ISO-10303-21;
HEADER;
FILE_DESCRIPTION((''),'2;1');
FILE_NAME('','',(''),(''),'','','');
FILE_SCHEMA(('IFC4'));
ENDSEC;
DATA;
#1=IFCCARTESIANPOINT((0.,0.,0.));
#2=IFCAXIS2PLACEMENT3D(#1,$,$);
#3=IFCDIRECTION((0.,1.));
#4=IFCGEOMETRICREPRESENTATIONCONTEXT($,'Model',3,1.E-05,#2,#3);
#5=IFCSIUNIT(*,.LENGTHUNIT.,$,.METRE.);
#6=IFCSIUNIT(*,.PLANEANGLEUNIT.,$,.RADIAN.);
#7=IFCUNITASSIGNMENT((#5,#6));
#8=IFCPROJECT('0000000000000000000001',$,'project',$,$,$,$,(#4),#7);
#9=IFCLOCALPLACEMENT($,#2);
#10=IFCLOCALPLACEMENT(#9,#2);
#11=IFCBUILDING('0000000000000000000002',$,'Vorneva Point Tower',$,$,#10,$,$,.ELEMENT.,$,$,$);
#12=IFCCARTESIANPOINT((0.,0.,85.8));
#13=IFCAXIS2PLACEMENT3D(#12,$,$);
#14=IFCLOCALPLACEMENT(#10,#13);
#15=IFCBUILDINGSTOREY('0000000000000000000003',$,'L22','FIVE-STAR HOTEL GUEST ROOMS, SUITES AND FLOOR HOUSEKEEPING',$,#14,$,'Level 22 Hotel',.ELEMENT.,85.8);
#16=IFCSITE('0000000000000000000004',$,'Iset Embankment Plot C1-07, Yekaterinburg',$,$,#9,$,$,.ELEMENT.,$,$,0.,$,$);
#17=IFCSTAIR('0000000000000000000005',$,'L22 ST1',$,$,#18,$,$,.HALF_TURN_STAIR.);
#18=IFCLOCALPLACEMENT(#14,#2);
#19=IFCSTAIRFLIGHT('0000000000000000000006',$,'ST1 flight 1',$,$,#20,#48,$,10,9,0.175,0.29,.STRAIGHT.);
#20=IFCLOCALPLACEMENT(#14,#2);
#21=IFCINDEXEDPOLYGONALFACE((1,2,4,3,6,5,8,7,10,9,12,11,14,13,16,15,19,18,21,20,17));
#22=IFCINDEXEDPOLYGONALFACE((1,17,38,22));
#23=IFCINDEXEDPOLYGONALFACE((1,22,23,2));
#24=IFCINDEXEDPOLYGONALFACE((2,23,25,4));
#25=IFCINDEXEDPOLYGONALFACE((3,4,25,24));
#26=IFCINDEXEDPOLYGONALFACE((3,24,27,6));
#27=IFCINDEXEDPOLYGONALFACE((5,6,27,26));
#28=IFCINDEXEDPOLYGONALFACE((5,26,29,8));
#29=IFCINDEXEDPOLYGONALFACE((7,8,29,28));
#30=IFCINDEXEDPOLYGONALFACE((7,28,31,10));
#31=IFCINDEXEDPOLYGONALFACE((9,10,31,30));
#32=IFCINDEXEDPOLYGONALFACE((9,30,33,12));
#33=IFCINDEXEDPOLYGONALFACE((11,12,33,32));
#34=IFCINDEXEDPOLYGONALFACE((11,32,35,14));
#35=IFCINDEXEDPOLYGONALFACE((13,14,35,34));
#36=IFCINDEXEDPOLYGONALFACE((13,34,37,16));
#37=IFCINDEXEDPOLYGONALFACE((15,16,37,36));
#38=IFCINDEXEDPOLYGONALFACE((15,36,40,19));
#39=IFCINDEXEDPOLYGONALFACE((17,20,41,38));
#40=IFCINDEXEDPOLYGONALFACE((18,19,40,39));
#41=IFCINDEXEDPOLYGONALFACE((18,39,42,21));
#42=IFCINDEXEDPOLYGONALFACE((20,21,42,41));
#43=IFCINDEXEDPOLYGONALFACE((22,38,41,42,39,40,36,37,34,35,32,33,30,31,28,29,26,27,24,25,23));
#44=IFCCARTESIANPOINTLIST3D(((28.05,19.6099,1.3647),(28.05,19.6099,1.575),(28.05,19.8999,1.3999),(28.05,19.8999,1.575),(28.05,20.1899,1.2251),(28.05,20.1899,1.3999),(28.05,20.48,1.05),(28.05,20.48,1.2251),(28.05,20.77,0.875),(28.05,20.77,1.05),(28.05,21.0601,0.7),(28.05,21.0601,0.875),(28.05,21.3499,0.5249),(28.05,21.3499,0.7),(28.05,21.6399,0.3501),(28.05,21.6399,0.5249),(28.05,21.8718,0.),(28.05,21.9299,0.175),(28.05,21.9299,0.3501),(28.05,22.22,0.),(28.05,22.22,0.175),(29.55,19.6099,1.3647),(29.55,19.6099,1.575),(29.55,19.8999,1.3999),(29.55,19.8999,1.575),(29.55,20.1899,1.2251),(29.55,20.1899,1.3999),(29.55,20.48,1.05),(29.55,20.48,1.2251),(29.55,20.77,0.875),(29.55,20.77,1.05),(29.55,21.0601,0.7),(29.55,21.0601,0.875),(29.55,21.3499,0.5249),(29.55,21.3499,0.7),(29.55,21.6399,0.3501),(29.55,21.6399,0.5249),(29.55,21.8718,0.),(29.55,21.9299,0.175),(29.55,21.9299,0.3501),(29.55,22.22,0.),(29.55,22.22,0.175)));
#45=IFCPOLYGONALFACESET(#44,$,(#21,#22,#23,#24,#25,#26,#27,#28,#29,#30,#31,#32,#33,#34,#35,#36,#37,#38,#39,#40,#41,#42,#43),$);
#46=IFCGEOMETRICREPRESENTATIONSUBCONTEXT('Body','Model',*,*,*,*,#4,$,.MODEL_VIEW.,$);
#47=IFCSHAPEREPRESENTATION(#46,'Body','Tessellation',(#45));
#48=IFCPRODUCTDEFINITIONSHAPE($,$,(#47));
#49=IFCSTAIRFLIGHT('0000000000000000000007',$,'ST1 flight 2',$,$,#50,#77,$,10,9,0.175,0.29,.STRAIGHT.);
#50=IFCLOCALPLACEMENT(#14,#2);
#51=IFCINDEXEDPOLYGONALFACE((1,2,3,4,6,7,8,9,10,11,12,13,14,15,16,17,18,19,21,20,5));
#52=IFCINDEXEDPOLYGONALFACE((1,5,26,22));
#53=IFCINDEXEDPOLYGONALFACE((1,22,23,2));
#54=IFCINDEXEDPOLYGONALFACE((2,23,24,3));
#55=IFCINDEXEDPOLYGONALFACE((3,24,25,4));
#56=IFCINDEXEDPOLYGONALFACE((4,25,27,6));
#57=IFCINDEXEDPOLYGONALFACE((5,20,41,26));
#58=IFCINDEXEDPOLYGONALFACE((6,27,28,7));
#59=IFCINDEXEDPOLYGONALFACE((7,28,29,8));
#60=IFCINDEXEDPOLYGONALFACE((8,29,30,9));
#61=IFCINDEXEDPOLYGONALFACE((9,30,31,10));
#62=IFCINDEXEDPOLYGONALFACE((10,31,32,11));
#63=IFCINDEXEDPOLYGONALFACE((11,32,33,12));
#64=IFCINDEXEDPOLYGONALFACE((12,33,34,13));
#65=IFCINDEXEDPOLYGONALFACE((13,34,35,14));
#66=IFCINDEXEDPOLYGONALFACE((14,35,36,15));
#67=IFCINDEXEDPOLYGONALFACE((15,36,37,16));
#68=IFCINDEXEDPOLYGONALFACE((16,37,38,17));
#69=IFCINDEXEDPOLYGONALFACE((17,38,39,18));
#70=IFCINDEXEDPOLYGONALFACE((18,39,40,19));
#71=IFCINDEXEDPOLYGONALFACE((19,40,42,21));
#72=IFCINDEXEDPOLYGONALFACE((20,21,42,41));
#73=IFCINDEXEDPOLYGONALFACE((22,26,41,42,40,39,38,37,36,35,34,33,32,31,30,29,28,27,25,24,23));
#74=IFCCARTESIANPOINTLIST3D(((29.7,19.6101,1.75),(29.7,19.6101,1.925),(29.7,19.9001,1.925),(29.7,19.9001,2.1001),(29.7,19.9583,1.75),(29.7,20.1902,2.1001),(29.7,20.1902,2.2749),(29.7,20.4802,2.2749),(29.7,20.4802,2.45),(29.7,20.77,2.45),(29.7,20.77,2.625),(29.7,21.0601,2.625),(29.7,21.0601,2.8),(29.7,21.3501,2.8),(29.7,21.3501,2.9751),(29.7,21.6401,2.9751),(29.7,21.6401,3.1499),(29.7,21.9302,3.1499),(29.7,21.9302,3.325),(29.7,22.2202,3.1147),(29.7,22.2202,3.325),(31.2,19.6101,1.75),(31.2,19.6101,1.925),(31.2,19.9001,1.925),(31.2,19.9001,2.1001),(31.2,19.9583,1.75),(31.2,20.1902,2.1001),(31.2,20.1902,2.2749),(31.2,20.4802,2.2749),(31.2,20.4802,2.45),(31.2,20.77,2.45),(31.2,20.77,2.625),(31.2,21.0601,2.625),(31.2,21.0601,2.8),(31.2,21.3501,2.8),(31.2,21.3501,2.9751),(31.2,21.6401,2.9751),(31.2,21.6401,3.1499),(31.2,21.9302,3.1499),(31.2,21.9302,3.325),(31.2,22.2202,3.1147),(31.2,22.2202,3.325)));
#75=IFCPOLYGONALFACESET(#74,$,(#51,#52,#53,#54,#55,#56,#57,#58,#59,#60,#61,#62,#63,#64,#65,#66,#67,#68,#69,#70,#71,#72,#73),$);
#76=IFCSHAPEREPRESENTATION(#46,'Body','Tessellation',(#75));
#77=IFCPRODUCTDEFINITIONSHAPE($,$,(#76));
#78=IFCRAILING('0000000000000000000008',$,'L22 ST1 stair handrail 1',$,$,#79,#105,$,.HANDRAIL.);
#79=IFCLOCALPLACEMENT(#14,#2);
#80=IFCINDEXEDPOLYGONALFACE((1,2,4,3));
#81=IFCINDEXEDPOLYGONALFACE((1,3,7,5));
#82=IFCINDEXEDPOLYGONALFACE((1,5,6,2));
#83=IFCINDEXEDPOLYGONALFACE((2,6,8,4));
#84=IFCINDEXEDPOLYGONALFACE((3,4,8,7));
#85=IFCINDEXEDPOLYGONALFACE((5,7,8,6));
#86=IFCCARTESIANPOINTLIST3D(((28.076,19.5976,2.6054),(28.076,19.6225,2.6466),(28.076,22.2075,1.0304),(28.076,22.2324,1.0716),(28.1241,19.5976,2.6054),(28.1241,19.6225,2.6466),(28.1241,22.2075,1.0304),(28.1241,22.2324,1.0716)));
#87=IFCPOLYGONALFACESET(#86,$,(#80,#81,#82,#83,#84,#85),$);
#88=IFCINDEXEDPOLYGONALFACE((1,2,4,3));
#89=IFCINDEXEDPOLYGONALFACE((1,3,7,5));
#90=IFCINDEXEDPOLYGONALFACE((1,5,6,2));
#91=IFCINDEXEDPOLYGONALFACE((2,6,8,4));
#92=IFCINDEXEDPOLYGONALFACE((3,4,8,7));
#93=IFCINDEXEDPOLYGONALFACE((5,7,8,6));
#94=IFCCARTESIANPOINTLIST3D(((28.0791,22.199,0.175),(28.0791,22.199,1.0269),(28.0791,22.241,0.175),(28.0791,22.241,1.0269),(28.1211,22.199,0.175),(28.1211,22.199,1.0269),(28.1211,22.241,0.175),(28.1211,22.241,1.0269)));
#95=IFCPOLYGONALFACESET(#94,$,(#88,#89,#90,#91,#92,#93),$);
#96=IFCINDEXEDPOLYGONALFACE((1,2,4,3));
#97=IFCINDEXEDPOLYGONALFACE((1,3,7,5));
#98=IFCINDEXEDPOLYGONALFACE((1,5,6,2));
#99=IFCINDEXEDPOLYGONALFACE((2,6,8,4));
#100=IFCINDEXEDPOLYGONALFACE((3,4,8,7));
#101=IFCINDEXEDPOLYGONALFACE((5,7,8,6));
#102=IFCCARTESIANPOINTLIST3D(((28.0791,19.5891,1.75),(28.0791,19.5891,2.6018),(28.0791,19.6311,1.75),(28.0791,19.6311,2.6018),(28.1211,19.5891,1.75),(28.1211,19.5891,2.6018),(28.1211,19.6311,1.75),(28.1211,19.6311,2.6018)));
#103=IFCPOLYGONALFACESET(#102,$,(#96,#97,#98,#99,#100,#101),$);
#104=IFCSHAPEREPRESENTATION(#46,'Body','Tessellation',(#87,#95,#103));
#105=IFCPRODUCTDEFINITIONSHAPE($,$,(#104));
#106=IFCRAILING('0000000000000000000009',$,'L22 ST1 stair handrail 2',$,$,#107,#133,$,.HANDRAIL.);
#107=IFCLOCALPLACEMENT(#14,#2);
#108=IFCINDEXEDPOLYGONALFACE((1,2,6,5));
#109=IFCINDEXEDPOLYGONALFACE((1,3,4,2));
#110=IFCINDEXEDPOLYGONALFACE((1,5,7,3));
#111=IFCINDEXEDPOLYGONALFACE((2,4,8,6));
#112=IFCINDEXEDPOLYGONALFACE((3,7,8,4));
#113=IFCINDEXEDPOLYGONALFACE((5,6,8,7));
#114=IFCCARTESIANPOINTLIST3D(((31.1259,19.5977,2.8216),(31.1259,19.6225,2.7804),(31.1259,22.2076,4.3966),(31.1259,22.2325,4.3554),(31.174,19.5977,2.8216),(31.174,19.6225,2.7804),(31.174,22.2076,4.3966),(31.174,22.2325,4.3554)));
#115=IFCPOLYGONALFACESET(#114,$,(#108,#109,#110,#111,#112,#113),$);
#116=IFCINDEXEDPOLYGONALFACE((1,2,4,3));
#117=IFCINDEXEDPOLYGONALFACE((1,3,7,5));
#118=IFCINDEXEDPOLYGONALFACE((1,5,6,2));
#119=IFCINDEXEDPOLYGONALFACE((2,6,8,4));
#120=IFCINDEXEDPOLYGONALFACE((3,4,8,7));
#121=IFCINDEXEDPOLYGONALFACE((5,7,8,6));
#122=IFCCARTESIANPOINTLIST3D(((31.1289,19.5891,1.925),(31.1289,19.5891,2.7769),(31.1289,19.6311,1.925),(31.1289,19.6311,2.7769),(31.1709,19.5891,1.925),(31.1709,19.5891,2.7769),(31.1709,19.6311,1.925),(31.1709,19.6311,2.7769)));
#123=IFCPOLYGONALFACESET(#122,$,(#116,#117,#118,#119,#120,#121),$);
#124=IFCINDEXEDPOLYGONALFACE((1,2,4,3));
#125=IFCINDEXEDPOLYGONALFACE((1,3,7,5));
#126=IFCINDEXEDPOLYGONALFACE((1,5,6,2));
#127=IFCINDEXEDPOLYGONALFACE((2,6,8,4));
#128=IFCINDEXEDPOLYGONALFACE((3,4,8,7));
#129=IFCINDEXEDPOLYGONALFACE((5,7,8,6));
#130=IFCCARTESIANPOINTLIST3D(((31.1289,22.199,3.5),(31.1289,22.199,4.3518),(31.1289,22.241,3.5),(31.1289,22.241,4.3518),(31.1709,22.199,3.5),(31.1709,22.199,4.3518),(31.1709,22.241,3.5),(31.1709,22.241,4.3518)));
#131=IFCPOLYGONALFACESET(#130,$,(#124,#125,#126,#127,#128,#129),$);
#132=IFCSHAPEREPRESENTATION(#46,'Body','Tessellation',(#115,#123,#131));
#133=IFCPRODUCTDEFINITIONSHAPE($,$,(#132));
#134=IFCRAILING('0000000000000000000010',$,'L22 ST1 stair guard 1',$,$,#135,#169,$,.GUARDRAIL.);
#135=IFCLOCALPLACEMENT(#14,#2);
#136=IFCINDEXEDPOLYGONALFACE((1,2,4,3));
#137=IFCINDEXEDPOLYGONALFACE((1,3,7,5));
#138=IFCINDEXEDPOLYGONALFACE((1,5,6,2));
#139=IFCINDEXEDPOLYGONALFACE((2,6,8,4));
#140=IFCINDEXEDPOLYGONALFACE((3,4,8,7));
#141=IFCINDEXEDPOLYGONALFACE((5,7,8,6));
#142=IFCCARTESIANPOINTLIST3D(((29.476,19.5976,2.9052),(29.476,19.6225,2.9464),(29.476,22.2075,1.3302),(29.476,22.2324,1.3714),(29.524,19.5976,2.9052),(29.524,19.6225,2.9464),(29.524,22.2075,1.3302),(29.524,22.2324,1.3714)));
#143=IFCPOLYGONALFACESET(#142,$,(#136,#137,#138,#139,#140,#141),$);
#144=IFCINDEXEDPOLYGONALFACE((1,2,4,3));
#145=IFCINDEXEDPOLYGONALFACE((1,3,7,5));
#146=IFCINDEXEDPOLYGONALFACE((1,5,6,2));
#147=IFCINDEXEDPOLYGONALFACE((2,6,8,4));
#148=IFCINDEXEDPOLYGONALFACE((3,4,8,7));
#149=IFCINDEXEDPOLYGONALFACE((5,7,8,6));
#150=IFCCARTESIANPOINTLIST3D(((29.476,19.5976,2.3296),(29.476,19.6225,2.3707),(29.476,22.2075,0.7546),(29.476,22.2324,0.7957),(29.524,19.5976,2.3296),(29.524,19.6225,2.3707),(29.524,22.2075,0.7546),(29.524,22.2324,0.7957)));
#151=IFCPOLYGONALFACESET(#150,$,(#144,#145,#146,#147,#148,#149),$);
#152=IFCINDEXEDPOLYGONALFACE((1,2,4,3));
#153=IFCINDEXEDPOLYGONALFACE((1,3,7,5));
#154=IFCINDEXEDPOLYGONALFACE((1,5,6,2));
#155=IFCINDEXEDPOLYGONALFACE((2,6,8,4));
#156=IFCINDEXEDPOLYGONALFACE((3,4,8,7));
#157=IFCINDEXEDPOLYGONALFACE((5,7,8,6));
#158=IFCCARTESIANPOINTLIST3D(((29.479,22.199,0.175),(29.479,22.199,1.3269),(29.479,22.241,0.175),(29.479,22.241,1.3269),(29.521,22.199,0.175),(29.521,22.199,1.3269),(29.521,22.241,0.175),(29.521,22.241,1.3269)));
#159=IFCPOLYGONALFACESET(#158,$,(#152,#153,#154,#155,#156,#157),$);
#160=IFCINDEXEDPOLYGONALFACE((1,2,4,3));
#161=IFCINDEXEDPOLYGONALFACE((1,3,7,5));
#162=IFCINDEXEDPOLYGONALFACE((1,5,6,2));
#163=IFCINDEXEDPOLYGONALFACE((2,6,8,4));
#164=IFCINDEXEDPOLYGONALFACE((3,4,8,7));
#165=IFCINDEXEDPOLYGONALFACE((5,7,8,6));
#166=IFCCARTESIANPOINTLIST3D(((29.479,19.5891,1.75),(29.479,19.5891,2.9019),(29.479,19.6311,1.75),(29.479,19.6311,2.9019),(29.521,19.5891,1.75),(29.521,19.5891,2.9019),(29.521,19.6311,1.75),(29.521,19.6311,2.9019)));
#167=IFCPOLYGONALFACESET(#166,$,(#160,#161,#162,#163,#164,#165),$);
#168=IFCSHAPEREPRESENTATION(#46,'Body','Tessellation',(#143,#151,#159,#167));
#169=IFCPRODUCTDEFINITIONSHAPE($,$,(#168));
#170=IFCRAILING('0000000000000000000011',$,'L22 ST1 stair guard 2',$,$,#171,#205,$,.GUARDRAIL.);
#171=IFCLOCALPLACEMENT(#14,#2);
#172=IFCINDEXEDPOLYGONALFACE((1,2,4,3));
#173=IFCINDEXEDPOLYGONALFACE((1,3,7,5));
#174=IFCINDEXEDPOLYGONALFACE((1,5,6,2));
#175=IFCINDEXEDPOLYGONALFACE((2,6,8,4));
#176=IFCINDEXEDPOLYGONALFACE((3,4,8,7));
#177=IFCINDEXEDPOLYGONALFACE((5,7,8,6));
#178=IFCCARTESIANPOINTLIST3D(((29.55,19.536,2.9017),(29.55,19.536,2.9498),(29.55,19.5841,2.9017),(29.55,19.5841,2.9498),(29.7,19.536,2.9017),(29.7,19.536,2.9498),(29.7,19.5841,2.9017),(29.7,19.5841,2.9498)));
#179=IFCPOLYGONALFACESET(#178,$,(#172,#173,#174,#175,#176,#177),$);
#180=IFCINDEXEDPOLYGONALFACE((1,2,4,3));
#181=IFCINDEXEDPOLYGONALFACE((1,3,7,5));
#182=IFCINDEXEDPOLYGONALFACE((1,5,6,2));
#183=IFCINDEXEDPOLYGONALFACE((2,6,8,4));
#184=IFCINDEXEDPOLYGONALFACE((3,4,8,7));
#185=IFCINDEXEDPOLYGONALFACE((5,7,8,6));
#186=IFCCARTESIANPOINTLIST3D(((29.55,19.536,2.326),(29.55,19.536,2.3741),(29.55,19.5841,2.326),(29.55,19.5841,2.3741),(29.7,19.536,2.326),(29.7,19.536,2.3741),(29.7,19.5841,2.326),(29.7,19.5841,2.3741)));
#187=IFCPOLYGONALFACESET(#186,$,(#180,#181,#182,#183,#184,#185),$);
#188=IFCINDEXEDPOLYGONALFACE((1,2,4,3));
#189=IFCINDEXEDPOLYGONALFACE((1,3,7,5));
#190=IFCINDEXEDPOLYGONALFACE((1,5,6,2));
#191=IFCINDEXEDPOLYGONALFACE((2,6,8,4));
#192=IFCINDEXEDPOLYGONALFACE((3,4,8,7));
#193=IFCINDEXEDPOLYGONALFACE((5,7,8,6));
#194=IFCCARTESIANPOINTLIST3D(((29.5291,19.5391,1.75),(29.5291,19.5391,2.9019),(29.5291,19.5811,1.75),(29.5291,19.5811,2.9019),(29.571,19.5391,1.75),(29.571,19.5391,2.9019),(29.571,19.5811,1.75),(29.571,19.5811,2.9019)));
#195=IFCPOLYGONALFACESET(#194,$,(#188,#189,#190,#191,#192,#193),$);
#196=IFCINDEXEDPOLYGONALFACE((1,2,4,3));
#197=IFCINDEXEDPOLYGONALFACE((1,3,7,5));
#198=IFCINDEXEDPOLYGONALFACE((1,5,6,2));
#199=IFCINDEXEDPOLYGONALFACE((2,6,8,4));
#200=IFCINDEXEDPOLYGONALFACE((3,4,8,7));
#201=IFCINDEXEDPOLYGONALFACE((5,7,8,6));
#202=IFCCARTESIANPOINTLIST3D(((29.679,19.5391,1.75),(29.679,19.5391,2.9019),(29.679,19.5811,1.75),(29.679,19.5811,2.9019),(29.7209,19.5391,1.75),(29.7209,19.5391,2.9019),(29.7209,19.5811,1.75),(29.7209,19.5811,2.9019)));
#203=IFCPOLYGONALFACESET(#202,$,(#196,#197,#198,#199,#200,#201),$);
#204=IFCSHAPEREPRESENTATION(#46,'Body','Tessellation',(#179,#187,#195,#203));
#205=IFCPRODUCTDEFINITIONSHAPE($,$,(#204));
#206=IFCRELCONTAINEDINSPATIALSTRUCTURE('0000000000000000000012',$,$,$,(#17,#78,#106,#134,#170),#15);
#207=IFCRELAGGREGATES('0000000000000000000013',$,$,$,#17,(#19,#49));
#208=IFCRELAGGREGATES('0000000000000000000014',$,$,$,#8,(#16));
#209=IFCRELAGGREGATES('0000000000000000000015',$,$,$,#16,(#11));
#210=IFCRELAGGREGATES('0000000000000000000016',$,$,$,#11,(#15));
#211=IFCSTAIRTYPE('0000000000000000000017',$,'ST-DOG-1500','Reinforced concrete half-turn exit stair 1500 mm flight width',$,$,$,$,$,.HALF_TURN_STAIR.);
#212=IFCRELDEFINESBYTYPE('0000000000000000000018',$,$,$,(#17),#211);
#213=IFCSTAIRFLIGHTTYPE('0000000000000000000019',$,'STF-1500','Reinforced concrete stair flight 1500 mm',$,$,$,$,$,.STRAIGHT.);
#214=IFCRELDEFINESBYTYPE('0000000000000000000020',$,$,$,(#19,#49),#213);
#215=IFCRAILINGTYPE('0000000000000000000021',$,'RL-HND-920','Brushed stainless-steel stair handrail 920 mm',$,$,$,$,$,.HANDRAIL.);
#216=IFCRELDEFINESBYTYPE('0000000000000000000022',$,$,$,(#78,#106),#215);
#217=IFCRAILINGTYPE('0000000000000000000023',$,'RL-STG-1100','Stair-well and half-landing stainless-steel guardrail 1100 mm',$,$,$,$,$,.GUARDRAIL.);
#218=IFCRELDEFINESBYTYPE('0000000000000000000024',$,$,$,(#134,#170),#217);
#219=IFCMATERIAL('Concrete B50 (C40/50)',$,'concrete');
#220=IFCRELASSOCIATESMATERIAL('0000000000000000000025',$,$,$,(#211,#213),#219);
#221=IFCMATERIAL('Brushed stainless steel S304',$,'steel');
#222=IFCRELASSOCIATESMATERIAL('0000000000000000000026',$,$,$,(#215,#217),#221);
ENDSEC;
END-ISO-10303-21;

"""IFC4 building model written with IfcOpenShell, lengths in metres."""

from ifc_helpers import new_model, si_unit, direction, frame, origin, origin_2d, place, context, subcontext, project, spatial, polyline, rectangle, outline, extrude, material, type_object, element, aggregate, save


model = new_model("IFC4")

# Units and contexts
model_context = context("Model", 3, precision=1e-05, world=origin(), true_north=direction((0.0, 1.0)))
body_context = subcontext(model_context, "Body", "Model", "MODEL_VIEW")
ifc_project = project(units=[si_unit("LENGTHUNIT", "METRE"), si_unit("PLANEANGLEUNIT", "RADIAN")], contexts=[model_context])

# Site, building, storey
site_placement = place(None, origin())
site = spatial("IfcSite", under=ifc_project, at=site_placement, Name="Iset Embankment Plot C1-07, Yekaterinburg", CompositionType="ELEMENT", RefElevation=0.0)
building_placement = place(site_placement, origin())
building = spatial("IfcBuilding", under=site, at=building_placement, Name="Vorneva Point Tower", CompositionType="ELEMENT")
storey_placement = place(building_placement, frame((0.0, 0.0, 85.8)))
storey = spatial("IfcBuildingStorey", under=building, at=storey_placement, Name="L22", Description="FIVE-STAR HOTEL GUEST ROOMS, SUITES AND FLOOR HOUSEKEEPING", LongName="Level 22 Hotel", CompositionType="ELEMENT", Elevation=85.8)

# Shared definitions
ifc_material_1 = material(Name="Concrete B50 (C40/50)", Category="concrete")

# Stair, stair flights
stair_type = type_object("IfcStairType", Name="ST-DOG-1500", Description="Reinforced concrete half-turn exit stair 1500 mm flight width", PredefinedType="HALF_TURN_STAIR", material=ifc_material_1)
stair_placement = place(storey_placement, origin())
stair = element("IfcStair", 1, at=stair_placement, inside=storey, type_object=stair_type, Name="L22 ST1", PredefinedType="HALF_TURN_STAIR")
stair_flight_type = type_object("IfcStairFlightType", Name="STF-1500", Description="Reinforced concrete stair flight 1500 mm", PredefinedType="STRAIGHT", material=ifc_material_1)
stair_flight_1_placement = place(storey_placement, frame((28.8, 22.22, 0.0), z_axis=(0.0, 0.0, 1.0), x_axis=(0.0, -1.0, 0.0)))
stair_flight_1 = element("IfcStairFlight", 2, at=stair_flight_1_placement, type_object=stair_flight_type, Name="ST1 flight 1", NumberOfRisers=10, NumberOfTreads=9, PredefinedType="STRAIGHT", RiserHeight=0.175, TreadLength=0.29, context=body_context, shape_type="SweptSolid", body=[
    extrude(outline(polyline([(0.0, 0.0), (0.0, 0.175), (0.29, 0.175), (0.29, 0.3501), (0.5801, 0.3501), (0.5801, 0.5249), (0.8701, 0.5249), (0.8701, 0.7), (1.1599, 0.7), (1.1599, 0.875), (1.45, 0.875), (1.45, 1.05), (1.74, 1.05), (1.74, 1.2251), (2.03, 1.2251), (2.03, 1.3999), (2.3201, 1.3999), (2.3201, 1.575), (2.6101, 1.575), (2.6101, 1.75), (2.6101, 1.3647), (0.3481, 0.0), (0.0, 0.0)])), frame((0.0, 0.75, 0.0), z_axis=(0.0, -1.0, 0.0), x_axis=(1.0, 0.0, 0.0)), (0.0, 0.0, 1.0), 1.5),
])
stair_flight_2_placement = place(storey_placement, frame((30.45, 19.6101, 1.75), z_axis=(0.0, 0.0, 1.0), x_axis=(0.0, 1.0, 0.0)))
stair_flight_2 = element("IfcStairFlight", 3, at=stair_flight_2_placement, type_object=stair_flight_type, Name="ST1 flight 2", NumberOfRisers=10, NumberOfTreads=9, PredefinedType="STRAIGHT", RiserHeight=0.175, TreadLength=0.29, context=body_context, shape_type="SweptSolid", body=[
    extrude(outline(polyline([(0.0, 0.0), (0.0, 0.175), (0.29, 0.175), (0.29, 0.3501), (0.5801, 0.3501), (0.5801, 0.5249), (0.8701, 0.5249), (0.8701, 0.7), (1.1599, 0.7), (1.1599, 0.875), (1.45, 0.875), (1.45, 1.05), (1.74, 1.05), (1.74, 1.2251), (2.03, 1.2251), (2.03, 1.3999), (2.3201, 1.3999), (2.3201, 1.575), (2.6101, 1.575), (2.6101, 1.75), (2.6101, 1.3647), (0.3481, 0.0), (0.0, 0.0)])), frame((0.0, 0.75, 0.0), z_axis=(0.0, -1.0, 0.0), x_axis=(1.0, 0.0, 0.0)), (0.0, 0.0, 1.0), 1.5),
])
aggregate(stair, [stair_flight_1, stair_flight_2])

# Railings
ifc_material_2 = material(Name="Brushed stainless steel S304", Category="steel")
railing_type_1 = type_object("IfcRailingType", Name="RL-HND-920", Description="Brushed stainless-steel stair handrail 920 mm", PredefinedType="HANDRAIL", material=ifc_material_2)
railing_1_placement = place(storey_placement, frame((28.1001, 22.22, 0.175)))
element("IfcRailing", 4, at=railing_1_placement, inside=storey, type_object=railing_type_1, Name="L22 ST1 stair handrail 1", PredefinedType="HANDRAIL", context=body_context, shape_type="SweptSolid", body=[
    extrude(rectangle(XDim=0.0481, YDim=0.0481, at=origin_2d()), frame((0.0, 0.0, 0.876), z_axis=(0.0, -0.856183, 0.516673), x_axis=(1.0, 0.0, 0.0)), (0.0, 0.0, 1.0), 3.0483),
    extrude(rectangle(XDim=0.042, YDim=0.042, at=origin_2d()), origin(), (0.0, 0.0, 1.0), 0.8518),
    extrude(rectangle(XDim=0.042, YDim=0.042, at=origin_2d()), frame((0.0, -2.6099, 1.575)), (0.0, 0.0, 1.0), 0.8518),
])
railing_2_placement = place(storey_placement, frame((31.1499, 19.6101, 1.925)))
element("IfcRailing", 5, at=railing_2_placement, inside=storey, type_object=railing_type_1, Name="L22 ST1 stair handrail 2", PredefinedType="HANDRAIL", context=body_context, shape_type="SweptSolid", body=[
    extrude(rectangle(XDim=0.0481, YDim=0.0481, at=origin_2d()), frame((0.0, 0.0, 0.876), z_axis=(0.0, 0.856183, 0.516673), x_axis=(-1.0, 0.0, 0.0)), (0.0, 0.0, 1.0), 3.0483),
    extrude(rectangle(XDim=0.042, YDim=0.042, at=origin_2d()), origin(), (0.0, 0.0, 1.0), 0.8518),
    extrude(rectangle(XDim=0.042, YDim=0.042, at=origin_2d()), frame((0.0, 2.6099, 1.575)), (0.0, 0.0, 1.0), 0.8518),
])
railing_type_2 = type_object("IfcRailingType", Name="RL-STG-1100", Description="Stair-well and half-landing stainless-steel guardrail 1100 mm", PredefinedType="GUARDRAIL", material=ifc_material_2)
railing_3_placement = place(storey_placement, frame((29.5, 22.22, 0.175)))
element("IfcRailing", 6, at=railing_3_placement, inside=storey, type_object=railing_type_2, Name="L22 ST1 stair guard 1", PredefinedType="GUARDRAIL", context=body_context, shape_type="SweptSolid", body=[
    extrude(rectangle(XDim=0.0481, YDim=0.0481, at=origin_2d()), frame((0.0, 0.0, 1.1758), z_axis=(0.0, -0.856183, 0.516673), x_axis=(1.0, 0.0, 0.0)), (0.0, 0.0, 1.0), 3.0483),
    extrude(rectangle(XDim=0.0481, YDim=0.0481, at=origin_2d()), frame((0.0, 0.0, 0.6001), z_axis=(0.0, -0.856183, 0.516673), x_axis=(1.0, 0.0, 0.0)), (0.0, 0.0, 1.0), 3.0483),
    extrude(rectangle(XDim=0.042, YDim=0.042, at=origin_2d()), origin(), (0.0, 0.0, 1.0), 1.1519),
    extrude(rectangle(XDim=0.042, YDim=0.042, at=origin_2d()), frame((0.0, -2.6099, 1.575)), (0.0, 0.0, 1.0), 1.1519),
])
railing_4_placement = place(storey_placement, frame((29.55, 19.5601, 1.75)))
element("IfcRailing", 7, at=railing_4_placement, inside=storey, type_object=railing_type_2, Name="L22 ST1 stair guard 2", PredefinedType="GUARDRAIL", context=body_context, shape_type="SweptSolid", body=[
    extrude(rectangle(XDim=0.0481, YDim=0.0481, at=origin_2d()), frame((0.0, 0.0, 1.1758), z_axis=(1.0, 0.0, 0.0), x_axis=(0.0, 1.0, 0.0)), (0.0, 0.0, 1.0), 0.1499),
    extrude(rectangle(XDim=0.0481, YDim=0.0481, at=origin_2d()), frame((0.0, 0.0, 0.6001), z_axis=(1.0, 0.0, 0.0), x_axis=(0.0, 1.0, 0.0)), (0.0, 0.0, 1.0), 0.1499),
    extrude(rectangle(XDim=0.042, YDim=0.042, at=origin_2d()), origin(), (0.0, 0.0, 1.0), 1.1519),
    extrude(rectangle(XDim=0.042, YDim=0.042, at=origin_2d()), frame((0.1499, 0.0, 0.0)), (0.0, 0.0, 1.0), 1.1519),
])

save(model, "model.ifc")
